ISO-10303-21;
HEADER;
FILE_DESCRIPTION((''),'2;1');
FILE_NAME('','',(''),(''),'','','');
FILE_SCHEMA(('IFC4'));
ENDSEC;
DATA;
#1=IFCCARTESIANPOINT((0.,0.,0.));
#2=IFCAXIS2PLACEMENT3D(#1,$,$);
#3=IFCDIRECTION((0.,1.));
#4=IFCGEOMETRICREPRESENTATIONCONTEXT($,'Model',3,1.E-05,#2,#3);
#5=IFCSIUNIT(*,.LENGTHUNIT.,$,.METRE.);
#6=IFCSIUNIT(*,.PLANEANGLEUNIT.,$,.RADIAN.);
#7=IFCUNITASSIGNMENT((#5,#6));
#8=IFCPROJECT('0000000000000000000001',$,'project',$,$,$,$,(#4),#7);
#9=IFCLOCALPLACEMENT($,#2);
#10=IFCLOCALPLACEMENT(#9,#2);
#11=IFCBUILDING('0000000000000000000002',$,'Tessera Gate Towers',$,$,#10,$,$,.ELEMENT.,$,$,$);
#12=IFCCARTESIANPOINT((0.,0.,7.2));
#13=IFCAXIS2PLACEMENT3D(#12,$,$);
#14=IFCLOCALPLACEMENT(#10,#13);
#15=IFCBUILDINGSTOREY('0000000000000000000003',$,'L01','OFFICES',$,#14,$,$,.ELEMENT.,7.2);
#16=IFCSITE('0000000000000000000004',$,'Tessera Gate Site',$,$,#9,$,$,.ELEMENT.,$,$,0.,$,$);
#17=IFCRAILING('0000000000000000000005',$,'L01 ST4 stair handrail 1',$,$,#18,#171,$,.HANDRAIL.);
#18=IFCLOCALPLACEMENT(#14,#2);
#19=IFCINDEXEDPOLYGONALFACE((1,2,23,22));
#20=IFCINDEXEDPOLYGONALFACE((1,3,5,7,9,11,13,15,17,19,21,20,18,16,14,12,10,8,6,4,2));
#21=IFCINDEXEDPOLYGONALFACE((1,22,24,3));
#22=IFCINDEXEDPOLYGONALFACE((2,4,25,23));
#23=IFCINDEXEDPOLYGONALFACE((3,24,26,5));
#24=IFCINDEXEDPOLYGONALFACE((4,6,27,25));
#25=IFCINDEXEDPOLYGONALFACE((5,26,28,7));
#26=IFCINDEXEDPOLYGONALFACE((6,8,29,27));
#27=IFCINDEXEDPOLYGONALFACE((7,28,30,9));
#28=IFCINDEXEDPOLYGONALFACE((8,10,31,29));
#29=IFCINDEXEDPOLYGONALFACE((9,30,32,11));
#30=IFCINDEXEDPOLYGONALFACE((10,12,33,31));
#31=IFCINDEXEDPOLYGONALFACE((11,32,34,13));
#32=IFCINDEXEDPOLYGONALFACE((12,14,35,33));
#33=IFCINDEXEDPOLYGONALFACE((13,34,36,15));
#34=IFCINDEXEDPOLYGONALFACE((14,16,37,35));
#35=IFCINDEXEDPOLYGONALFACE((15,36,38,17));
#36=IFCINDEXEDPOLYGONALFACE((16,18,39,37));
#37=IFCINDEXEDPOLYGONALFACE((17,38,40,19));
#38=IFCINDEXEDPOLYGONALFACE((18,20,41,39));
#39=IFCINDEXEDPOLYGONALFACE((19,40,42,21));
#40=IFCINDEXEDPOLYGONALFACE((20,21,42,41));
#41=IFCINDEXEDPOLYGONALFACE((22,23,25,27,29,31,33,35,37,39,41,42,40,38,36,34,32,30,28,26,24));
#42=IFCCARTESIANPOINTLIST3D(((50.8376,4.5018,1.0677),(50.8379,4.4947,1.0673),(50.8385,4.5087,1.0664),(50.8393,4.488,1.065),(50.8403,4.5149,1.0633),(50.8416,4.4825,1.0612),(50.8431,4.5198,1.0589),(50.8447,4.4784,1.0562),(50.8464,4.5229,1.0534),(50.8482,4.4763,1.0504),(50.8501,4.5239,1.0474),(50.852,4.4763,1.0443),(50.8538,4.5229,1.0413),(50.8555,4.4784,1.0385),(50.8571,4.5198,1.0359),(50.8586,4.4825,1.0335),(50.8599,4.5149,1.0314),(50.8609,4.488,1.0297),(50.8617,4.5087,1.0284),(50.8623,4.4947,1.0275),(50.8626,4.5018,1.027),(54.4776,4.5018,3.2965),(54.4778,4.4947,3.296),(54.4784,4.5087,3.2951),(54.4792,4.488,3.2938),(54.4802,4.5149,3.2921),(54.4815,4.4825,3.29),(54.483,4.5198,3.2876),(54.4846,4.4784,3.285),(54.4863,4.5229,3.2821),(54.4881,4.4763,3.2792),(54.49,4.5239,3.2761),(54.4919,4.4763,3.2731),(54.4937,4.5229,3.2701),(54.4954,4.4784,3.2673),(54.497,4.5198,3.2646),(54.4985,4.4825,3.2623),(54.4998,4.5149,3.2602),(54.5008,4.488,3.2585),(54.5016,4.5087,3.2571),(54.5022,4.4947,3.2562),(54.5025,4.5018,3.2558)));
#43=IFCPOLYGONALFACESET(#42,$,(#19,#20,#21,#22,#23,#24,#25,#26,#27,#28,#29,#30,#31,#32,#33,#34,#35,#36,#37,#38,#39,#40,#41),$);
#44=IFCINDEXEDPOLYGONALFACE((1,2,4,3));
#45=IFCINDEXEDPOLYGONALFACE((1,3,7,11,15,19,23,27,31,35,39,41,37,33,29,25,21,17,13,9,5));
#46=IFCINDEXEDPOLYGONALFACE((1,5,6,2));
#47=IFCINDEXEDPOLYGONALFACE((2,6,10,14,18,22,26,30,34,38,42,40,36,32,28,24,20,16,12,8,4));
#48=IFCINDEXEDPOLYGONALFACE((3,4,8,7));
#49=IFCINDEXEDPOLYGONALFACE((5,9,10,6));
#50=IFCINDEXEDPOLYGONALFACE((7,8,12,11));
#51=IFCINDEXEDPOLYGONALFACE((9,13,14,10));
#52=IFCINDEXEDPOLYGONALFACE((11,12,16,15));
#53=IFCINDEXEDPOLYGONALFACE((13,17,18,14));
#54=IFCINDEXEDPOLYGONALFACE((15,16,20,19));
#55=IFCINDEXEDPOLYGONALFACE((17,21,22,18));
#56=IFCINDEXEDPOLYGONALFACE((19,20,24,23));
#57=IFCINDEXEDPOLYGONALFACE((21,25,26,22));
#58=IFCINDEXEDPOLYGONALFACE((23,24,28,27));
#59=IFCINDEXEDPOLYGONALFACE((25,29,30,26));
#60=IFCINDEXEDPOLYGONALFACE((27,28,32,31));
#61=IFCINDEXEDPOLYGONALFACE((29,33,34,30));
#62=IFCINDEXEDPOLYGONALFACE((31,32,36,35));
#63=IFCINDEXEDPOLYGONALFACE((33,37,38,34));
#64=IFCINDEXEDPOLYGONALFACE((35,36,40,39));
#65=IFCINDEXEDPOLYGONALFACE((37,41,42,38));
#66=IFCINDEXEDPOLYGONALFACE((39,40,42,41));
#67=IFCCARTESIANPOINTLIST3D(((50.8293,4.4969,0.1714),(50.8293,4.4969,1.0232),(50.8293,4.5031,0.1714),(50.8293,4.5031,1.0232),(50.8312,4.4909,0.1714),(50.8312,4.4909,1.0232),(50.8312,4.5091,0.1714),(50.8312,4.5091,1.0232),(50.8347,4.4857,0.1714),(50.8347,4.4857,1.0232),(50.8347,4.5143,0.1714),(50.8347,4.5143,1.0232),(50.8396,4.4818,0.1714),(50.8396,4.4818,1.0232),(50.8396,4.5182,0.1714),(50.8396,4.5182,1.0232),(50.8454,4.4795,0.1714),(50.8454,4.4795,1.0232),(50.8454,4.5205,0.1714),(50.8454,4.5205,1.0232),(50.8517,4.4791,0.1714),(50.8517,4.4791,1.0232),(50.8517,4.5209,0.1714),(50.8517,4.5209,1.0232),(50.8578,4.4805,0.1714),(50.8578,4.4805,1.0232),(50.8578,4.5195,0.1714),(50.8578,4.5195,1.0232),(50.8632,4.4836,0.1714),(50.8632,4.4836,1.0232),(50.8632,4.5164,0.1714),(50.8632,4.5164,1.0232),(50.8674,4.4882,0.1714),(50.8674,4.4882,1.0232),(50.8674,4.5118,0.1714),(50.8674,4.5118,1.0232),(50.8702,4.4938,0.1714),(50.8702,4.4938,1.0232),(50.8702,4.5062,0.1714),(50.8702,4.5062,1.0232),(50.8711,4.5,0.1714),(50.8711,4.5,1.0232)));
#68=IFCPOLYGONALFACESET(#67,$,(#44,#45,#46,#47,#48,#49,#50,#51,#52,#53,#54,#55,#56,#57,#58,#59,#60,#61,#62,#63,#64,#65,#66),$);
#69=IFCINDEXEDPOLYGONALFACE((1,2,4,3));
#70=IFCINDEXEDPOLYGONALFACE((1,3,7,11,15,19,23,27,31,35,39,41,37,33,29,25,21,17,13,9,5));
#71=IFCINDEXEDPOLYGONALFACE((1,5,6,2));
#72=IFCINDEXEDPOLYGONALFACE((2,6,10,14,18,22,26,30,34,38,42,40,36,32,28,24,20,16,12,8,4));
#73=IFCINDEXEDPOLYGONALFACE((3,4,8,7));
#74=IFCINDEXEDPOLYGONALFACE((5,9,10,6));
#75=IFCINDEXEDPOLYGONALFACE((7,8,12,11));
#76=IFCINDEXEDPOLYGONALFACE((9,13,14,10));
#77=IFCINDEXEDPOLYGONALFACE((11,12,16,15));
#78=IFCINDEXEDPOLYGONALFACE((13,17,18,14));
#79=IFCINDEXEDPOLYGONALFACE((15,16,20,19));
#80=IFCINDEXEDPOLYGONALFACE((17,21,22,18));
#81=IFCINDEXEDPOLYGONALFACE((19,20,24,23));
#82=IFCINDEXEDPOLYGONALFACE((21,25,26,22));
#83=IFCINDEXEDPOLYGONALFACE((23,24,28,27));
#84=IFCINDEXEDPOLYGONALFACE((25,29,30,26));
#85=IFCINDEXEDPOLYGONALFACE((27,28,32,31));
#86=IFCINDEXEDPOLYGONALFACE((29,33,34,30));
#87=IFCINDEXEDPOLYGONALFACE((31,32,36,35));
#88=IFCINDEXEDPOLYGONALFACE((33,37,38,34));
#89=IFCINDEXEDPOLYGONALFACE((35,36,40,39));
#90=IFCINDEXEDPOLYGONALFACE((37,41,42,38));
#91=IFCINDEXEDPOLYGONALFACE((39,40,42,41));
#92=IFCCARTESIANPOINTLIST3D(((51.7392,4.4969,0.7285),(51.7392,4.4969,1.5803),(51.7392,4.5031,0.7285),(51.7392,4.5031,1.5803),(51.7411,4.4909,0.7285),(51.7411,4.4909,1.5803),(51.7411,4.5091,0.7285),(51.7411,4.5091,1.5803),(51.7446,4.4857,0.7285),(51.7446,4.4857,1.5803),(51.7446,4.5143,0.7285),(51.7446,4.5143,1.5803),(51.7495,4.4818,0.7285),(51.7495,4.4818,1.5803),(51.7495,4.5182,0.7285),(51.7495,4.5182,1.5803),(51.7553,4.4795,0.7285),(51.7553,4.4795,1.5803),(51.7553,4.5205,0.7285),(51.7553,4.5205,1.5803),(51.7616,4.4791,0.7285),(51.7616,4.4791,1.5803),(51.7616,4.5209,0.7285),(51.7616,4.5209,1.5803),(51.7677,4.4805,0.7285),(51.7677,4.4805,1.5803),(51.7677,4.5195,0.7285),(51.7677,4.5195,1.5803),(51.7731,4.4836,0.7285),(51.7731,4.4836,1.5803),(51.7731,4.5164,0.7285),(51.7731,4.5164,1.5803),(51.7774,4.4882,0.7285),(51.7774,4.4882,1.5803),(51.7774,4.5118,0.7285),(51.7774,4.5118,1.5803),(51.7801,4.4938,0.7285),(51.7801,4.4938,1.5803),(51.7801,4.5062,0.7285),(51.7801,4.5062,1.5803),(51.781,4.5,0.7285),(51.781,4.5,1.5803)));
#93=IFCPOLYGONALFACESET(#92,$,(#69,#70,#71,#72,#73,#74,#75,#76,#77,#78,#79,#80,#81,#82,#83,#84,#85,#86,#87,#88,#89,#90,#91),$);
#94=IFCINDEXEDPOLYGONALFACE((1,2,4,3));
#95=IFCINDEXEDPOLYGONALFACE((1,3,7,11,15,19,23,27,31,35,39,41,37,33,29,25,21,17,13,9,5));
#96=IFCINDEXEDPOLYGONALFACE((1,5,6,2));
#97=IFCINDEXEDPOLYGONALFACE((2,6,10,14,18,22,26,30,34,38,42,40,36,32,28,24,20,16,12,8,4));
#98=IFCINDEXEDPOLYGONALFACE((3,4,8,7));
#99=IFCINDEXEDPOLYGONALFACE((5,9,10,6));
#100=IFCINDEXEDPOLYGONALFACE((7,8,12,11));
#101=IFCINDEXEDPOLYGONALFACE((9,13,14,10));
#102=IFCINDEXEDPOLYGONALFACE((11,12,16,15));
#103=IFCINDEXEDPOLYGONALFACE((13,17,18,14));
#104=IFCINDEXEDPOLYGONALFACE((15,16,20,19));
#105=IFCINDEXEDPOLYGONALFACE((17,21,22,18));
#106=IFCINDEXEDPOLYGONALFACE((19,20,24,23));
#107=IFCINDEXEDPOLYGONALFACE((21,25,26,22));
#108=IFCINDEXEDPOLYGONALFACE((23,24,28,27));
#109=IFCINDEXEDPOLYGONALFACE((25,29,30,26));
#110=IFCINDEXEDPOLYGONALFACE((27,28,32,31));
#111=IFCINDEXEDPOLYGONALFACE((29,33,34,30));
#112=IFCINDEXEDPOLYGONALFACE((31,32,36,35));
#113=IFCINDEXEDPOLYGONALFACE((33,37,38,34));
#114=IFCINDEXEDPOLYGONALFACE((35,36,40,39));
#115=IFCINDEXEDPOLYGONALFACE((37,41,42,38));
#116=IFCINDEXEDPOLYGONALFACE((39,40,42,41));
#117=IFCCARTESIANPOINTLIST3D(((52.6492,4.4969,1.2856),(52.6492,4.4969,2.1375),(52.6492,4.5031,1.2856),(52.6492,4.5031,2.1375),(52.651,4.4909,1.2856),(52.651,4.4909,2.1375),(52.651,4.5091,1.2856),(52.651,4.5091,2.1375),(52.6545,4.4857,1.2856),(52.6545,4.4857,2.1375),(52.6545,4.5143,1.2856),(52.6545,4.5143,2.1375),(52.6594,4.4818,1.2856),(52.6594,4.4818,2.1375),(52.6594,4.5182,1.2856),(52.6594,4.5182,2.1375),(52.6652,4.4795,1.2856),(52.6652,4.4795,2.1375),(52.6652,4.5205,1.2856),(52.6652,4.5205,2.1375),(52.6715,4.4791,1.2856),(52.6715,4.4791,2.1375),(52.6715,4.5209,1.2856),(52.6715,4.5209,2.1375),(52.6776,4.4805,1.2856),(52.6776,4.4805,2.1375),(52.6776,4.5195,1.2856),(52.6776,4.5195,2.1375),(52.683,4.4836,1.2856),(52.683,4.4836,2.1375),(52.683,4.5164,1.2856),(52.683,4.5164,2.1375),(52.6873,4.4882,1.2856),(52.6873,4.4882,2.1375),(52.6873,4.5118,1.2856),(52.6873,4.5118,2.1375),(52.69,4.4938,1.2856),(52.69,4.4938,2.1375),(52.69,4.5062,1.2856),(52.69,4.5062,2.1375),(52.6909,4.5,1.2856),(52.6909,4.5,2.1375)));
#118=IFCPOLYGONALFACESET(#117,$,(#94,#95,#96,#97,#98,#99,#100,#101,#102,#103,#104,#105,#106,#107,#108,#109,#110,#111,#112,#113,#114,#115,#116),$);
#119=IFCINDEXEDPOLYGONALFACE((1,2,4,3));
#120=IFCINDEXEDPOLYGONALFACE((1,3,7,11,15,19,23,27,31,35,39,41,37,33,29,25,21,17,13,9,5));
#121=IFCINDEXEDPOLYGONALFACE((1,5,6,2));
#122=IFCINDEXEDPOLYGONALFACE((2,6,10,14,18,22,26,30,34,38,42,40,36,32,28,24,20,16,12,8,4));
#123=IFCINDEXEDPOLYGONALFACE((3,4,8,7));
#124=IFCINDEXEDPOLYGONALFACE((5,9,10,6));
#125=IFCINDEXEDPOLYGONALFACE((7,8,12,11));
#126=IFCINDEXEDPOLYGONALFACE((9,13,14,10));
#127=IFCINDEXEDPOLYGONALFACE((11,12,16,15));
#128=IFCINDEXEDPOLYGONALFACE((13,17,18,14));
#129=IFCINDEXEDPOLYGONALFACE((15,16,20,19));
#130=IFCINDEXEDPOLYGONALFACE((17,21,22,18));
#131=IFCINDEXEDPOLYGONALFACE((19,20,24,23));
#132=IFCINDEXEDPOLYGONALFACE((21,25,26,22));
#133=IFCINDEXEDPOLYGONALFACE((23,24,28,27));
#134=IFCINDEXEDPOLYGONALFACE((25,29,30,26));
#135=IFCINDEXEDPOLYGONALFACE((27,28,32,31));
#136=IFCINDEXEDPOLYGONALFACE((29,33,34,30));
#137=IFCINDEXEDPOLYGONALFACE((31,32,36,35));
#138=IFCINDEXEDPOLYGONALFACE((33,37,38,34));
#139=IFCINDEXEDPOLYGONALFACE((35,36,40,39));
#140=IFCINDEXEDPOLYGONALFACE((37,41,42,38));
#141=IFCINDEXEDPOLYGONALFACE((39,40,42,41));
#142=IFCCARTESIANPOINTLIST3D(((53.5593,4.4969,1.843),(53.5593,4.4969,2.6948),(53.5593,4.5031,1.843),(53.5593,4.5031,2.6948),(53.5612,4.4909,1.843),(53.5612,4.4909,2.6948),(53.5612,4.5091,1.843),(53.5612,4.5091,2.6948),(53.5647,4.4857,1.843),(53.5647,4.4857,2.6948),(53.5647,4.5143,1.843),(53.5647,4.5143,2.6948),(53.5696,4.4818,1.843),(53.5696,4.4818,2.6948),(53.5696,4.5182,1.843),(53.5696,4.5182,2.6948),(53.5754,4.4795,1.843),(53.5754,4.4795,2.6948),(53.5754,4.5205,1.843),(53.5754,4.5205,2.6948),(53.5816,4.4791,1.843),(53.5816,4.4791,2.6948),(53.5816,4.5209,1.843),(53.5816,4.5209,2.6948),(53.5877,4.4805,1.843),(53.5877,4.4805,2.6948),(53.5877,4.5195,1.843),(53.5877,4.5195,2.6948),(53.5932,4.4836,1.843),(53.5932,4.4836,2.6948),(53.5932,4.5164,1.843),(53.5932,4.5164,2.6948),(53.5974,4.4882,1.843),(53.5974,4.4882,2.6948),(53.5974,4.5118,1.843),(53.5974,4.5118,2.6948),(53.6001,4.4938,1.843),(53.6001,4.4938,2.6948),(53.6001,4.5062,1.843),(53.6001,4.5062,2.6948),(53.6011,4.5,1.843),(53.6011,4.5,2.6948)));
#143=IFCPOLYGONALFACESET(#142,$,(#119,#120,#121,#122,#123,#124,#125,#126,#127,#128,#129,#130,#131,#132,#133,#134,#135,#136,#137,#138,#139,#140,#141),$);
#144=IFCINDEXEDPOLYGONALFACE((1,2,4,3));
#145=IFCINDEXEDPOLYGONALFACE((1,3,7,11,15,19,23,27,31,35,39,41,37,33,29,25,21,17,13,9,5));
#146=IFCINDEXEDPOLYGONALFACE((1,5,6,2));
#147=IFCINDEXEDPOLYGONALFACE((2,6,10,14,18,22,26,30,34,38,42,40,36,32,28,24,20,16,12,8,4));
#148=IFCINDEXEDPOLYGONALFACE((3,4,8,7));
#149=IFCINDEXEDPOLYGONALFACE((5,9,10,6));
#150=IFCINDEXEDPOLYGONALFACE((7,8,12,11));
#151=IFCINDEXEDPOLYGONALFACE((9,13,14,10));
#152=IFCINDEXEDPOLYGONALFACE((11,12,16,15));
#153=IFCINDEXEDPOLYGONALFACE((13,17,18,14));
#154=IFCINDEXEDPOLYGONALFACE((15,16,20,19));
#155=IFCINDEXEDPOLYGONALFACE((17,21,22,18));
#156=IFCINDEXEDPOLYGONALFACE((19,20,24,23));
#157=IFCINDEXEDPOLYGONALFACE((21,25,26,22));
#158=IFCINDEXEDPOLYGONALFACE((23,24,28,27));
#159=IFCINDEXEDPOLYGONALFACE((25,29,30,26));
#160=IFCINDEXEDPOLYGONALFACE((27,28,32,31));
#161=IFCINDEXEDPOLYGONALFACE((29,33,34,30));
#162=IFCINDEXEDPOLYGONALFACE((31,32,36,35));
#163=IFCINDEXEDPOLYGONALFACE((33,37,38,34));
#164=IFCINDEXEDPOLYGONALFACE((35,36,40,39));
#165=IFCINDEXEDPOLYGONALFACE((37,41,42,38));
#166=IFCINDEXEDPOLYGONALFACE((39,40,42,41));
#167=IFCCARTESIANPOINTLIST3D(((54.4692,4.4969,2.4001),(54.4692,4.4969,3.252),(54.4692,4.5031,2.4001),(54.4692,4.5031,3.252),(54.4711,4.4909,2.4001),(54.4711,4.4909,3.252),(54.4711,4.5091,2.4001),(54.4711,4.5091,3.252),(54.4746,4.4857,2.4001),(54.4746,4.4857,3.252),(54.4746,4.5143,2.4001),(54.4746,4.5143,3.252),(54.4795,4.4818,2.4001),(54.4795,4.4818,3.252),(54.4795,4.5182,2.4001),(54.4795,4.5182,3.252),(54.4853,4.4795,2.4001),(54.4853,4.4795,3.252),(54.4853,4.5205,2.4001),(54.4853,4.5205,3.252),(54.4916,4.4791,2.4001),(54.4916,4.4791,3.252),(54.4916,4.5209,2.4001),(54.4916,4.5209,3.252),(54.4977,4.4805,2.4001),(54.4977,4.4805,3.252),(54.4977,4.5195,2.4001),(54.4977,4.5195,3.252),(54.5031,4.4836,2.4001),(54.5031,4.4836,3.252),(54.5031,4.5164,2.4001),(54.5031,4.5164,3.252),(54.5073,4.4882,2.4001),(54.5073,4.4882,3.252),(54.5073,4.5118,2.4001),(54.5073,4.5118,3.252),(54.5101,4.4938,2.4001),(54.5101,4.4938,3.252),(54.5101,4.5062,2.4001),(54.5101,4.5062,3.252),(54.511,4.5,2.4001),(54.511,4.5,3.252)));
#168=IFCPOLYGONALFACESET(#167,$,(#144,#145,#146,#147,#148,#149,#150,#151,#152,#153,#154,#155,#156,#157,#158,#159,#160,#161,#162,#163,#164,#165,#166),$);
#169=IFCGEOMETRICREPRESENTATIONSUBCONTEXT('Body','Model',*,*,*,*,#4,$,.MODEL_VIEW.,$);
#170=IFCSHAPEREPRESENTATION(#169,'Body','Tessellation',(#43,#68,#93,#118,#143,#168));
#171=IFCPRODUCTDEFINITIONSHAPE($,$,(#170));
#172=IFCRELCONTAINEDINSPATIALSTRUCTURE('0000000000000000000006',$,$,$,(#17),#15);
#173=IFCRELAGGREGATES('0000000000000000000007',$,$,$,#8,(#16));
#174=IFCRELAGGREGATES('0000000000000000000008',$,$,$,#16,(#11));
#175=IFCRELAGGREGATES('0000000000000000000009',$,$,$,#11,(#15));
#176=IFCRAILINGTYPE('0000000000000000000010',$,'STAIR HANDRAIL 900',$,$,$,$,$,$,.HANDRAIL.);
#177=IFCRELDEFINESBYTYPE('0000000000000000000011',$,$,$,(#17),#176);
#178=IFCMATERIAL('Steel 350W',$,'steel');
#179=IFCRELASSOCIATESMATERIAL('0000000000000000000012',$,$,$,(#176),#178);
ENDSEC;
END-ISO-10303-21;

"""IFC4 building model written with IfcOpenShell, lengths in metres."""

from ifc_helpers import new_model, si_unit, direction, frame, origin, origin_2d, place, context, subcontext, project, spatial, circle, extrude, material, type_object, element, save


model = new_model("IFC4")

# Units and contexts
model_context = context("Model", 3, precision=1e-05, world=origin(), true_north=direction((0.0, 1.0)))
body_context = subcontext(model_context, "Body", "Model", "MODEL_VIEW")
ifc_project = project(units=[si_unit("LENGTHUNIT", "METRE"), si_unit("PLANEANGLEUNIT", "RADIAN")], contexts=[model_context])

# Site, building, storey
site_placement = place(None, origin())
site = spatial("IfcSite", under=ifc_project, at=site_placement, Name="Tessera Gate Site", CompositionType="ELEMENT", RefElevation=0.0)
building_placement = place(site_placement, origin())
building = spatial("IfcBuilding", under=site, at=building_placement, Name="Tessera Gate Towers", CompositionType="ELEMENT")
storey_placement = place(building_placement, frame((0.0, 0.0, 7.2)))
storey = spatial("IfcBuildingStorey", under=building, at=storey_placement, Name="L01", Description="OFFICES", CompositionType="ELEMENT", Elevation=7.2)

# Railing
ifc_material_1 = material(Name="Steel 350W", Category="steel")
railing_type_1 = type_object("IfcRailingType", Name="STAIR HANDRAIL 900", PredefinedType="HANDRAIL", material=ifc_material_1)
railing_1_placement = place(storey_placement, frame((50.8501, 4.5, 0.1714)))
element("IfcRailing", 1, at=railing_1_placement, inside=storey, type_object=railing_type_1, Name="L01 ST4 stair handrail 1", PredefinedType="HANDRAIL", context=body_context, shape_type="SweptSolid", body=[
    extrude(circle(Radius=0.0239, at=origin_2d()), frame((0.0, 0.0, 0.876), z_axis=(0.852825, 0.0, 0.522197), x_axis=(0.0, 1.0, 0.0)), (0.0, 0.0, 1.0), 4.2681),
    extrude(circle(Radius=0.021, at=origin_2d()), origin(), (0.0, 0.0, 1.0), 0.8518),
    extrude(circle(Radius=0.021, at=origin_2d()), frame((0.9099, 0.0, 0.5571)), (0.0, 0.0, 1.0), 0.8518),
    extrude(circle(Radius=0.021, at=origin_2d()), frame((1.8198, 0.0, 1.1143)), (0.0, 0.0, 1.0), 0.8518),
    extrude(circle(Radius=0.021, at=origin_2d()), frame((2.73, 0.0, 1.6716)), (0.0, 0.0, 1.0), 0.8518),
    extrude(circle(Radius=0.021, at=origin_2d()), frame((3.6399, 0.0, 2.2288)), (0.0, 0.0, 1.0), 0.8518),
])

save(model, "model.ifc")
